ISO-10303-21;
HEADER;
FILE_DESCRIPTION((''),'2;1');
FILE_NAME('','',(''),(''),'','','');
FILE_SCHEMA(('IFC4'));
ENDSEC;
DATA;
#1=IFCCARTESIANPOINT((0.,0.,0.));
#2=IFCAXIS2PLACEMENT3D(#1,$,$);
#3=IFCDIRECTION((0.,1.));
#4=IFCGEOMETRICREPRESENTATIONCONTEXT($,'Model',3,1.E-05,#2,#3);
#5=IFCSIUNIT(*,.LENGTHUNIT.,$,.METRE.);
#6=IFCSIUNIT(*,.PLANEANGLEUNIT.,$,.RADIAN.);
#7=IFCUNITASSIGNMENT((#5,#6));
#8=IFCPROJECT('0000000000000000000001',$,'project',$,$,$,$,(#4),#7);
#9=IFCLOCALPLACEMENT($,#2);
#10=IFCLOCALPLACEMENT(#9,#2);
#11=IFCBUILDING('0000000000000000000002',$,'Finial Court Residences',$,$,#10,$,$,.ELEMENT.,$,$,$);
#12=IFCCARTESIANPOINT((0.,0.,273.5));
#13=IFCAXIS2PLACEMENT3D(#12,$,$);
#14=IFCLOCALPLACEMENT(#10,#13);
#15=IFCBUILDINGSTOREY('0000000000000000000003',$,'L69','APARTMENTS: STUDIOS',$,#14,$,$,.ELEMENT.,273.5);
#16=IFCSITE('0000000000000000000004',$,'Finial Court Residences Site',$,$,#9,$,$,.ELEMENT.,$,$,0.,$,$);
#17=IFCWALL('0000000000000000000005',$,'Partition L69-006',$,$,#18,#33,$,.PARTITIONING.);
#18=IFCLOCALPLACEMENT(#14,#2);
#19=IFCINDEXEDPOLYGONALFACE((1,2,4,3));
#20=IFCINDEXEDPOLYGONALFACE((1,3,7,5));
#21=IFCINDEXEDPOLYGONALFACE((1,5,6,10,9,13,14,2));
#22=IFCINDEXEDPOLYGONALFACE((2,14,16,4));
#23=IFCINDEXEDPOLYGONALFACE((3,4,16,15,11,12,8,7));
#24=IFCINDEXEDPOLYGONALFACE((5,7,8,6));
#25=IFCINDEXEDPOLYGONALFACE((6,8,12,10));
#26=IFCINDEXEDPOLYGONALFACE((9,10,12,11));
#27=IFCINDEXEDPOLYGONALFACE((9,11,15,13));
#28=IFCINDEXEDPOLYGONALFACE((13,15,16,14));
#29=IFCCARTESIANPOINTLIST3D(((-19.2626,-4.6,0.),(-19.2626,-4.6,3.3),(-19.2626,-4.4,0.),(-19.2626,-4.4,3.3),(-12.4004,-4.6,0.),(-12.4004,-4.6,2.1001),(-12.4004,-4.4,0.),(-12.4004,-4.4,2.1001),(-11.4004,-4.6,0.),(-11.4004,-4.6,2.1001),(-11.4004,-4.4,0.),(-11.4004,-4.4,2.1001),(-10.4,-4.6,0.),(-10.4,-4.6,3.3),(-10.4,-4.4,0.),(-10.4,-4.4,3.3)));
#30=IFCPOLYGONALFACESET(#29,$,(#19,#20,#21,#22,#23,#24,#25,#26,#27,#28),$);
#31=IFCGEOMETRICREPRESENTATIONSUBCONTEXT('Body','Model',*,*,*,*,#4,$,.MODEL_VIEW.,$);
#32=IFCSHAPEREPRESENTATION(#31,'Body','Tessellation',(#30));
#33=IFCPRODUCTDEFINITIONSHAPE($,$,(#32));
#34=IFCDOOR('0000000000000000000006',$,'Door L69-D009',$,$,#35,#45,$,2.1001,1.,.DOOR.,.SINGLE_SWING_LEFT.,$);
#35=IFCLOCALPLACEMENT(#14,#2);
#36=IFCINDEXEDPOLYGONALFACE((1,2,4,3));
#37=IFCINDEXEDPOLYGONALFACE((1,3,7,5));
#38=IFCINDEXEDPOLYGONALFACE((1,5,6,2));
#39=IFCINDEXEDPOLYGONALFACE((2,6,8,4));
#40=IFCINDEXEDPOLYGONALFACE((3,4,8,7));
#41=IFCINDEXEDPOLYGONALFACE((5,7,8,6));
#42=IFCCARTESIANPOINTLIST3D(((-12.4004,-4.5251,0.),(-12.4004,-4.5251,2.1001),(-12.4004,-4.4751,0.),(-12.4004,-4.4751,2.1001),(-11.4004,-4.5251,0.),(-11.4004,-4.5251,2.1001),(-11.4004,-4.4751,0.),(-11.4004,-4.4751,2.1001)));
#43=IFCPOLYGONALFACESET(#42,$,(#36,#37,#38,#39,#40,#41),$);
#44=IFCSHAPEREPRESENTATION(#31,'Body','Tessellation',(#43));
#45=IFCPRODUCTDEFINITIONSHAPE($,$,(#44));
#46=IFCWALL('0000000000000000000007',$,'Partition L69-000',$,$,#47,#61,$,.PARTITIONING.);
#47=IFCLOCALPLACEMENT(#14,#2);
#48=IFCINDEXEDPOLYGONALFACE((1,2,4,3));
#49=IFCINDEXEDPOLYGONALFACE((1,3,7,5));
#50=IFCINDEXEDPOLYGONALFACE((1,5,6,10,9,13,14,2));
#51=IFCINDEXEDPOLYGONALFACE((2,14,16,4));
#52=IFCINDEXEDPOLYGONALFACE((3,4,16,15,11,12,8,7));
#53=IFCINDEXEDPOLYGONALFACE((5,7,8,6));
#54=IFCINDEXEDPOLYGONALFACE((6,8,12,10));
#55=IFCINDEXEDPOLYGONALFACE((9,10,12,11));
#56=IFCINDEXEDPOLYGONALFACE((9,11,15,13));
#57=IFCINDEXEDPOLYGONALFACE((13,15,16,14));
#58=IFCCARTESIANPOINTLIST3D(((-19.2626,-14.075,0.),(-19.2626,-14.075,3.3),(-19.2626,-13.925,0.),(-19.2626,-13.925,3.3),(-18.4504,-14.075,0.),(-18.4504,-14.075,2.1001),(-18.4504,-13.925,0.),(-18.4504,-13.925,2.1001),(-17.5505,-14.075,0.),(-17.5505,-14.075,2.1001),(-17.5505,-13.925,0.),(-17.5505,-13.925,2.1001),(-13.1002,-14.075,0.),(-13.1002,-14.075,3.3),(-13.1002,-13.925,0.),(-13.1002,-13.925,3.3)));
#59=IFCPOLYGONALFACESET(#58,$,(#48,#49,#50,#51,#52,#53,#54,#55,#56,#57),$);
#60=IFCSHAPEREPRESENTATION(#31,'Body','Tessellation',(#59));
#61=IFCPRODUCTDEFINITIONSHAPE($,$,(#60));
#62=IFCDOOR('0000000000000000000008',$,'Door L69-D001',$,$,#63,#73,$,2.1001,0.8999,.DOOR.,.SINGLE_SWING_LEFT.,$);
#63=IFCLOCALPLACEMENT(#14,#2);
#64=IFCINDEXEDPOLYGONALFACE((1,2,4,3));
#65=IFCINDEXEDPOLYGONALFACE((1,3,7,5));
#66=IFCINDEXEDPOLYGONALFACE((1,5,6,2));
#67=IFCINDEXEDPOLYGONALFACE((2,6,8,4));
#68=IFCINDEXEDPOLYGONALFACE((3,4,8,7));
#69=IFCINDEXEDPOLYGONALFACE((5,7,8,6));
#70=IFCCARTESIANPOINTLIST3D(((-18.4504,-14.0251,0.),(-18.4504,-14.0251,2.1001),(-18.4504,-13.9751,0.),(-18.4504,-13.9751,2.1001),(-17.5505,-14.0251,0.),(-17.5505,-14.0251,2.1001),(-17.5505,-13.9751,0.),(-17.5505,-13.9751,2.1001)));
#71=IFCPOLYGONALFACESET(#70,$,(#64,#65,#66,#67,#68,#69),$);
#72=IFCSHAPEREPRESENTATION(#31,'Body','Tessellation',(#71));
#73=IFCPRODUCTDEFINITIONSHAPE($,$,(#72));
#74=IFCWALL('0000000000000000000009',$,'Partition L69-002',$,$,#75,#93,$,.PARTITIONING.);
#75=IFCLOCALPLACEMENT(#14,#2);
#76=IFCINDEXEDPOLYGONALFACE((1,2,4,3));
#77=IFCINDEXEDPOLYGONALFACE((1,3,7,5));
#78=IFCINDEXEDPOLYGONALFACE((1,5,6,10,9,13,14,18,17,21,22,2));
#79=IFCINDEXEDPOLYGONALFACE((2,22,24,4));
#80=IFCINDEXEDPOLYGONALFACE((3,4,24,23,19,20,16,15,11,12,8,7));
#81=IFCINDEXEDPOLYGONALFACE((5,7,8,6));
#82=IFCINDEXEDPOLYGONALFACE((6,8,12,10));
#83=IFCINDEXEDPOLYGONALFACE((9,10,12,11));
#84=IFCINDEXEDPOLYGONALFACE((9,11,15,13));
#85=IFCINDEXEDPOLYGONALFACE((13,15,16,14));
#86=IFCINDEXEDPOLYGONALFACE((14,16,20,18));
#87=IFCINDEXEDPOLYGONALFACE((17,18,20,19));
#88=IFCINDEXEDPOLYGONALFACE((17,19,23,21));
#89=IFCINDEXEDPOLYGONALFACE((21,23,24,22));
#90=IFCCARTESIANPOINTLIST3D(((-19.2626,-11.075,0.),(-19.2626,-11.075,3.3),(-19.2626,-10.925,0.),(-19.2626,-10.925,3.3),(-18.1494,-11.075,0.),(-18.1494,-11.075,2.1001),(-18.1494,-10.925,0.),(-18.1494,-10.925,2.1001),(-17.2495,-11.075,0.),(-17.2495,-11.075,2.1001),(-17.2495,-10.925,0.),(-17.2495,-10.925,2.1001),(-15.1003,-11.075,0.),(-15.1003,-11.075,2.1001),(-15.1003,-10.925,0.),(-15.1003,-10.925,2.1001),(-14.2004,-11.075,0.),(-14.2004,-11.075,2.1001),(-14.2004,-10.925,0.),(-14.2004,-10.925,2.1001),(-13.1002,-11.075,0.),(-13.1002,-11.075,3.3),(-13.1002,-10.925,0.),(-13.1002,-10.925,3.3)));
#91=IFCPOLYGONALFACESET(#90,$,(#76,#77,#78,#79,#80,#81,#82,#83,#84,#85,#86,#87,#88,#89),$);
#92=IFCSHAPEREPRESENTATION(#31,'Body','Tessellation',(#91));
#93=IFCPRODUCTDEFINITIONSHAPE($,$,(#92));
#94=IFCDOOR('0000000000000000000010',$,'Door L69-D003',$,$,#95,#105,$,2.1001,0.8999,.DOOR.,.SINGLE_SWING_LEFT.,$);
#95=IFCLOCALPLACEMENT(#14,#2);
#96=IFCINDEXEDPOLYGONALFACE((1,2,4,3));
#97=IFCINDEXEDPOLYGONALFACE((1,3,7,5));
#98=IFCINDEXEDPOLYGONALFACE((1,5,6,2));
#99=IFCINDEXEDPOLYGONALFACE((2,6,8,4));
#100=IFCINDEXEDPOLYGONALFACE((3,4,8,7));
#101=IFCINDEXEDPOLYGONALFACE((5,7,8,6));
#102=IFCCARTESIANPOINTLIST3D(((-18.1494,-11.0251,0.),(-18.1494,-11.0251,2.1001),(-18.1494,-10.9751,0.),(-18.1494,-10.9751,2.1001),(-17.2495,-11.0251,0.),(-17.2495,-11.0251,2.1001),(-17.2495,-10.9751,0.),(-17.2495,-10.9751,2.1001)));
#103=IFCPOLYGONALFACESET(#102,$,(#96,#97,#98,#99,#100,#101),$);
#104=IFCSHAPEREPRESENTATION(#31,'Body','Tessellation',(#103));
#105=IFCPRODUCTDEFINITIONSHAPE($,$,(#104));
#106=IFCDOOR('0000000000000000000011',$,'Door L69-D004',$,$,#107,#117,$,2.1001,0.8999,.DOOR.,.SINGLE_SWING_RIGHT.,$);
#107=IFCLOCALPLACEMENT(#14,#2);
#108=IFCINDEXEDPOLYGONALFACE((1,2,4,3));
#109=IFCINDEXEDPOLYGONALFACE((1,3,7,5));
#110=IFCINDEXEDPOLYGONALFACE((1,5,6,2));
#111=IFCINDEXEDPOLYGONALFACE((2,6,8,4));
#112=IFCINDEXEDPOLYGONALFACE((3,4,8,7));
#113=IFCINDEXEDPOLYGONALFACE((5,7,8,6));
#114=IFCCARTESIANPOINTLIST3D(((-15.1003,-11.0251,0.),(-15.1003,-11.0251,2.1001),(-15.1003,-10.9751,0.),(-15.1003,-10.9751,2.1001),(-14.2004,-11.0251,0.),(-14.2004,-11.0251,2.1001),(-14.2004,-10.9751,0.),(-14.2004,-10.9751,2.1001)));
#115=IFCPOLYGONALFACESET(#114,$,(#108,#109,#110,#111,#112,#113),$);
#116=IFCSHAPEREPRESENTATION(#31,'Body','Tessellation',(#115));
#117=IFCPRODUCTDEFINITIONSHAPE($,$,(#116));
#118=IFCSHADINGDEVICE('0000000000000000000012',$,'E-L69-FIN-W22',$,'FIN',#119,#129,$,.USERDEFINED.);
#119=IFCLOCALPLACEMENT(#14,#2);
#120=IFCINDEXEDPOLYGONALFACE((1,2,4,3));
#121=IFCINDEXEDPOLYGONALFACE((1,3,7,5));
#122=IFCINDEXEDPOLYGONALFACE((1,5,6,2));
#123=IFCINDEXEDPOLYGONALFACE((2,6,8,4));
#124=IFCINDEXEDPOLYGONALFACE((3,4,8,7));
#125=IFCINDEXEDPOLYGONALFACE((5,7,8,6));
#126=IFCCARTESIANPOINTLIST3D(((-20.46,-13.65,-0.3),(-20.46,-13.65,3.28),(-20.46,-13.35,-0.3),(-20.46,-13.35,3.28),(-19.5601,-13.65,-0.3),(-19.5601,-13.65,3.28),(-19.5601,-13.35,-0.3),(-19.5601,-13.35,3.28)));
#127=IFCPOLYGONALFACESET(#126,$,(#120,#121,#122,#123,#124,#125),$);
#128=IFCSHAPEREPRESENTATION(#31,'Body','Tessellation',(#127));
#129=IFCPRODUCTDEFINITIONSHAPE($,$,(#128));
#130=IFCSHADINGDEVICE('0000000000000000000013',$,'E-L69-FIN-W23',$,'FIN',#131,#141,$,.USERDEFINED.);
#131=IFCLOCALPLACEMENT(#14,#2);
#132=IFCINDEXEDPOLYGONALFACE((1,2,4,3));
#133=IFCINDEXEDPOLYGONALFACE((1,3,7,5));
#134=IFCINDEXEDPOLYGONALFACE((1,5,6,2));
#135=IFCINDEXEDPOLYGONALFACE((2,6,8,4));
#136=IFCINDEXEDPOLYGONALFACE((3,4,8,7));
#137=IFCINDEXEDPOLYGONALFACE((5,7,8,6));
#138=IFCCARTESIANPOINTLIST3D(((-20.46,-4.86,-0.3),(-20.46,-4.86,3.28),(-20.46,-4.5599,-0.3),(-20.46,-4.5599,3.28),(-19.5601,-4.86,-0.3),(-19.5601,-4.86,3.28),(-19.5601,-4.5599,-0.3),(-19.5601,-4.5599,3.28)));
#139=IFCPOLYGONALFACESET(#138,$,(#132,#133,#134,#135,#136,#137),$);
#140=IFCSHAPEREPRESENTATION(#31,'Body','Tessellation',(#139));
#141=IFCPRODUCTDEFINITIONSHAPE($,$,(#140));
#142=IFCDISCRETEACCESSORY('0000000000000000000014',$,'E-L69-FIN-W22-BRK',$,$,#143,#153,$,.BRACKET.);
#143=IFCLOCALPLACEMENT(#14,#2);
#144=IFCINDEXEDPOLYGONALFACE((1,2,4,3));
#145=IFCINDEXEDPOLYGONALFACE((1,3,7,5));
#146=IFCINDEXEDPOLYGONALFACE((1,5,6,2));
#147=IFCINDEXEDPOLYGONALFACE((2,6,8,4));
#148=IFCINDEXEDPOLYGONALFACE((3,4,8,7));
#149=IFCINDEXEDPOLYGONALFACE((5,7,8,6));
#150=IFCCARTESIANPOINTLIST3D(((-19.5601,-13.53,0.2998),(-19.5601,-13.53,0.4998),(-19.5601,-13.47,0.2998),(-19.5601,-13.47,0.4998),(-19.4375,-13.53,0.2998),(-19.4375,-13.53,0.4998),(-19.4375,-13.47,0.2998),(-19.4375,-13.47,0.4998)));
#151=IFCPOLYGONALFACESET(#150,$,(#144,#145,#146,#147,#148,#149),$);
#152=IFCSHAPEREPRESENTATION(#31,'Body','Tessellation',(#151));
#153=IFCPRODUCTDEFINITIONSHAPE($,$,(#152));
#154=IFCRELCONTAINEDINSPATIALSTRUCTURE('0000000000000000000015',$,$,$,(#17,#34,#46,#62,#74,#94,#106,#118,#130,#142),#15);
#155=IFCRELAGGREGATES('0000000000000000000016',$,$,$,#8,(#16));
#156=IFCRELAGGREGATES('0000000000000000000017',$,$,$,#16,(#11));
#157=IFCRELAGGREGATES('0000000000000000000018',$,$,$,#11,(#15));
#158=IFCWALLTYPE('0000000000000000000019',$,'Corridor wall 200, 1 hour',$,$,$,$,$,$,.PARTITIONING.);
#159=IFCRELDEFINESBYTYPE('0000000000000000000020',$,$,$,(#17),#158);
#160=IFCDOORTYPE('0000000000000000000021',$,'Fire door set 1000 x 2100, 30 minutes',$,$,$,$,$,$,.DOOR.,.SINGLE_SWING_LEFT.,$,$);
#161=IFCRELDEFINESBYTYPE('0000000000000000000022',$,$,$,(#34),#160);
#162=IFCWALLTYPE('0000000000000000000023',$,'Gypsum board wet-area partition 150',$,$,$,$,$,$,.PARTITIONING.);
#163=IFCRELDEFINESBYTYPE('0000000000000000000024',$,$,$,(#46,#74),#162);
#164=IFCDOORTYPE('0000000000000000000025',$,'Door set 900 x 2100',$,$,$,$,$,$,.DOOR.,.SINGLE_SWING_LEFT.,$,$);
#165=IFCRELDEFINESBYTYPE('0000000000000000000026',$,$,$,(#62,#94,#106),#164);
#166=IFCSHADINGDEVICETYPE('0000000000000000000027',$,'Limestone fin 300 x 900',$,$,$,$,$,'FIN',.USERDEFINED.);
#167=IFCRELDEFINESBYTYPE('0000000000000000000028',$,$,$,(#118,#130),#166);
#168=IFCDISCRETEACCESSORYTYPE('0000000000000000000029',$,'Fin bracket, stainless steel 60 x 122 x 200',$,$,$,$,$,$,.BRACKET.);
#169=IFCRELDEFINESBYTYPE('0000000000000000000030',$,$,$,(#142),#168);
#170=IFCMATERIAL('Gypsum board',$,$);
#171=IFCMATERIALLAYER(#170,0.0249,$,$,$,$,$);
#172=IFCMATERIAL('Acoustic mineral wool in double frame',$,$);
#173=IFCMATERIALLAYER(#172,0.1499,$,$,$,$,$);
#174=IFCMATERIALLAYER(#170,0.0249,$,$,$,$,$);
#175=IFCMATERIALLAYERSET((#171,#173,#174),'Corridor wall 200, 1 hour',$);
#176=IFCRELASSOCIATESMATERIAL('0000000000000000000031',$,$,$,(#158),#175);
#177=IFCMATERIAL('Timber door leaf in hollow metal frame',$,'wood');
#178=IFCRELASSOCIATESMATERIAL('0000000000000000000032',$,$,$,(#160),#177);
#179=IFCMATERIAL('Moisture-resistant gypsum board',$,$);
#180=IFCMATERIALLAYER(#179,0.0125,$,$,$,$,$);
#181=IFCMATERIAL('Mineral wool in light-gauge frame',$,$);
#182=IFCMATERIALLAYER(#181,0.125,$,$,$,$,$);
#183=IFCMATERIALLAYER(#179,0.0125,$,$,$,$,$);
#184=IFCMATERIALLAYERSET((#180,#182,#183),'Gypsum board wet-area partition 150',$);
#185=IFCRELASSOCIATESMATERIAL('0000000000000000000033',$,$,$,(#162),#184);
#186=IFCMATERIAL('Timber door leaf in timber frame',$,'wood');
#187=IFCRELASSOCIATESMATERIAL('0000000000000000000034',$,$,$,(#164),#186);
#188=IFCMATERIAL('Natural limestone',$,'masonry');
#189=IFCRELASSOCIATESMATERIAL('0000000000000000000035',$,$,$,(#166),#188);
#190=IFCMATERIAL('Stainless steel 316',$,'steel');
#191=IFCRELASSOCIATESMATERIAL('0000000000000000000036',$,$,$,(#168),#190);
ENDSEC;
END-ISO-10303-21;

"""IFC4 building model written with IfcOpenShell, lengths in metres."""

from ifc_helpers import new_model, si_unit, direction, frame, frame_2d, origin, origin_2d, place, context, subcontext, project, spatial, rectangle, extrude, material, layer, layer_set, type_object, element, fill, save


model = new_model("IFC4")

# Units and contexts
model_context = context("Model", 3, precision=1e-05, world=origin(), true_north=direction((0.0, 1.0)))
body_context = subcontext(model_context, "Body", "Model", "MODEL_VIEW")
ifc_project = project(units=[si_unit("LENGTHUNIT", "METRE"), si_unit("PLANEANGLEUNIT", "RADIAN")], contexts=[model_context])

# Site, building, storey
site_placement = place(None, origin())
site = spatial("IfcSite", under=ifc_project, at=site_placement, Name="Finial Court Residences Site", CompositionType="ELEMENT", RefElevation=0.0)
building_placement = place(site_placement, origin())
building = spatial("IfcBuilding", under=site, at=building_placement, Name="Finial Court Residences", CompositionType="ELEMENT")
storey_placement = place(building_placement, frame((0.0, 0.0, 273.5)))
storey = spatial("IfcBuildingStorey", under=building, at=storey_placement, Name="L69", Description="APARTMENTS: STUDIOS", CompositionType="ELEMENT", Elevation=273.5)

# Walls, openings, doors
ifc_material_1 = material(Name="Gypsum board")
ifc_layer_1 = layer(ifc_material_1, 0.0249)
ifc_material_2 = material(Name="Acoustic mineral wool in double frame")
ifc_layer_2 = layer(ifc_material_2, 0.1499)
ifc_layer_3 = layer(ifc_material_1, 0.0249)
ifc_layer_set_1 = layer_set([ifc_layer_1, ifc_layer_2, ifc_layer_3], Name="Corridor wall 200, 1 hour")
wall_type_1 = type_object("IfcWallType", Name="Corridor wall 200, 1 hour", PredefinedType="PARTITIONING", material=ifc_layer_set_1)
ifc_material_3 = material(Name="Timber door leaf in hollow metal frame", Category="wood")
door_type_1 = type_object("IfcDoorType", Name="Fire door set 1000 x 2100, 30 minutes", OperationType="SINGLE_SWING_LEFT", PredefinedType="DOOR", material=ifc_material_3)
wall_1_placement = place(storey_placement, frame((-19.2625, -4.5, 0.0), z_axis=(0.0, 0.0, 1.0), x_axis=(1.0, 0.0, 0.0)))
wall_1 = element("IfcWall", 1, at=wall_1_placement, inside=storey, type_object=wall_type_1, Name="Partition L69-006", PredefinedType="PARTITIONING", context=body_context, shape_type="SweptSolid", body=[
    extrude(rectangle(XDim=8.8625, YDim=0.2, at=frame_2d((4.4312, 0.0))), origin(), (0.0, 0.0, 1.0), 3.3),
])
opening_1_placement = place(wall_1_placement, frame((6.8621, 0.0, 0.0)))
opening_1 = element("IfcOpeningElement", 2, at=opening_1_placement, cuts=wall_1, PredefinedType="OPENING", context=body_context, shape_type="SweptSolid", body=[
    extrude(rectangle(XDim=1.0, YDim=2.1001, at=frame_2d((0.5, 1.05))), frame((0.0, 0.1099, 0.0), z_axis=(0.0, -1.0, 0.0), x_axis=(1.0, 0.0, 0.0)), (0.0, 0.0, 1.0), 0.22),
])
door_1_placement = place(opening_1_placement, origin())
door_1 = element("IfcDoor", 3, at=door_1_placement, inside=storey, type_object=door_type_1, Name="Door L69-D009", OperationType="SINGLE_SWING_LEFT", OverallHeight=2.1001, OverallWidth=1.0, PredefinedType="DOOR", context=body_context, shape_type="SweptSolid", body=[
    extrude(rectangle(XDim=1.0, YDim=2.1001, at=frame_2d((0.5, 1.05))), frame((0.0, 0.0249, 0.0), z_axis=(0.0, -1.0, 0.0), x_axis=(1.0, 0.0, 0.0)), (0.0, 0.0, 1.0), 0.05),
])
fill(opening_1, door_1)
ifc_material_4 = material(Name="Moisture-resistant gypsum board")
ifc_layer_4 = layer(ifc_material_4, 0.0125)
ifc_material_5 = material(Name="Mineral wool in light-gauge frame")
ifc_layer_5 = layer(ifc_material_5, 0.125)
ifc_layer_6 = layer(ifc_material_4, 0.0125)
ifc_layer_set_2 = layer_set([ifc_layer_4, ifc_layer_5, ifc_layer_6], Name="Gypsum board wet-area partition 150")
wall_type_2 = type_object("IfcWallType", Name="Gypsum board wet-area partition 150", PredefinedType="PARTITIONING", material=ifc_layer_set_2)
wall_2_placement = place(storey_placement, frame((-19.2625, -14.0, 0.0), z_axis=(0.0, 0.0, 1.0), x_axis=(1.0, 0.0, 0.0)))
wall_2 = element("IfcWall", 4, at=wall_2_placement, inside=storey, type_object=wall_type_2, Name="Partition L69-000", PredefinedType="PARTITIONING", context=body_context, shape_type="SweptSolid", body=[
    extrude(rectangle(XDim=6.1624, YDim=0.1499, at=frame_2d((3.0811, 0.0))), origin(), (0.0, 0.0, 1.0), 3.3),
])
opening_2_placement = place(wall_2_placement, frame((0.812, 0.0, 0.0)))
opening_2 = element("IfcOpeningElement", 5, at=opening_2_placement, cuts=wall_2, PredefinedType="OPENING", context=body_context, shape_type="SweptSolid", body=[
    extrude(rectangle(XDim=0.8999, YDim=2.1001, at=frame_2d((0.45, 1.05))), frame((0.0, 0.085, 0.0), z_axis=(0.0, -1.0, 0.0), x_axis=(1.0, 0.0, 0.0)), (0.0, 0.0, 1.0), 0.1699),
])
ifc_material_6 = material(Name="Timber door leaf in timber frame", Category="wood")
door_type_2 = type_object("IfcDoorType", Name="Door set 900 x 2100", OperationType="SINGLE_SWING_LEFT", PredefinedType="DOOR", material=ifc_material_6)
door_2_placement = place(opening_2_placement, origin())
door_2 = element("IfcDoor", 6, at=door_2_placement, inside=storey, type_object=door_type_2, Name="Door L69-D001", OperationType="SINGLE_SWING_LEFT", OverallHeight=2.1001, OverallWidth=0.8999, PredefinedType="DOOR", context=body_context, shape_type="SweptSolid", body=[
    extrude(rectangle(XDim=0.8999, YDim=2.1001, at=frame_2d((0.45, 1.05))), frame((0.0, 0.0249, 0.0), z_axis=(0.0, -1.0, 0.0), x_axis=(1.0, 0.0, 0.0)), (0.0, 0.0, 1.0), 0.05),
])
fill(opening_2, door_2)

# Wall, openings, doors
wall_3_placement = place(storey_placement, frame((-19.2625, -11.0, 0.0), z_axis=(0.0, 0.0, 1.0), x_axis=(1.0, 0.0, 0.0)))
wall_3 = element("IfcWall", 7, at=wall_3_placement, inside=storey, type_object=wall_type_2, Name="Partition L69-002", PredefinedType="PARTITIONING", context=body_context, shape_type="SweptSolid", body=[
    extrude(rectangle(XDim=6.1624, YDim=0.1499, at=frame_2d((3.0811, 0.0))), origin(), (0.0, 0.0, 1.0), 3.3),
])
opening_3_placement = place(wall_3_placement, frame((1.113, 0.0, 0.0)))
opening_3 = element("IfcOpeningElement", 8, at=opening_3_placement, cuts=wall_3, PredefinedType="OPENING", context=body_context, shape_type="SweptSolid", body=[
    extrude(rectangle(XDim=0.8999, YDim=2.1001, at=frame_2d((0.45, 1.05))), frame((0.0, 0.085, 0.0), z_axis=(0.0, -1.0, 0.0), x_axis=(1.0, 0.0, 0.0)), (0.0, 0.0, 1.0), 0.1699),
])
opening_4_placement = place(wall_3_placement, frame((4.1621, 0.0, 0.0)))
opening_4 = element("IfcOpeningElement", 9, at=opening_4_placement, cuts=wall_3, PredefinedType="OPENING", context=body_context, shape_type="SweptSolid", body=[
    extrude(rectangle(XDim=0.8999, YDim=2.1001, at=frame_2d((0.45, 1.05))), frame((0.0, 0.085, 0.0), z_axis=(0.0, -1.0, 0.0), x_axis=(1.0, 0.0, 0.0)), (0.0, 0.0, 1.0), 0.1699),
])
door_3_placement = place(opening_3_placement, origin())
door_3 = element("IfcDoor", 10, at=door_3_placement, inside=storey, type_object=door_type_2, Name="Door L69-D003", OperationType="SINGLE_SWING_LEFT", OverallHeight=2.1001, OverallWidth=0.8999, PredefinedType="DOOR", context=body_context, shape_type="SweptSolid", body=[
    extrude(rectangle(XDim=0.8999, YDim=2.1001, at=frame_2d((0.45, 1.05))), frame((0.0, 0.0249, 0.0), z_axis=(0.0, -1.0, 0.0), x_axis=(1.0, 0.0, 0.0)), (0.0, 0.0, 1.0), 0.05),
])
fill(opening_3, door_3)
door_4_placement = place(opening_4_placement, origin())
door_4 = element("IfcDoor", 11, at=door_4_placement, inside=storey, type_object=door_type_2, Name="Door L69-D004", OperationType="SINGLE_SWING_RIGHT", OverallHeight=2.1001, OverallWidth=0.8999, PredefinedType="DOOR", context=body_context, shape_type="SweptSolid", body=[
    extrude(rectangle(XDim=0.8999, YDim=2.1001, at=frame_2d((0.45, 1.05))), frame((0.0, 0.0249, 0.0), z_axis=(0.0, -1.0, 0.0), x_axis=(1.0, 0.0, 0.0)), (0.0, 0.0, 1.0), 0.05),
])
fill(opening_4, door_4)

# Shading devices
ifc_material_7 = material(Name="Natural limestone", Category="masonry")
shading_device_type = type_object("IfcShadingDeviceType", Name="Limestone fin 300 x 900", ElementType="FIN", PredefinedType="USERDEFINED", material=ifc_material_7)
for number, where, z_axis, x_axis, name in (
    (12, (-20.01, -13.5, -0.3), (0.0, 0.0, 1.0), (1.0, 0.0, 0.0), "E-L69-FIN-W22"),
    (13, (-20.01, -4.71, -0.3), (0.0, 0.0, 1.0), (1.0, 0.0, 0.0), "E-L69-FIN-W23"),
):
    element("IfcShadingDevice", number, at=place(storey_placement, frame(where, z_axis=z_axis, x_axis=x_axis)), inside=storey, type_object=shading_device_type, Name=name, ObjectType="FIN", PredefinedType="USERDEFINED", context=body_context, shape_type="SweptSolid", body=[
        extrude(rectangle(XDim=0.8999, YDim=0.3, at=origin_2d()), origin(), (0.0, 0.0, 1.0), 3.5801),
    ])

# Discrete accessory
ifc_material_8 = material(Name="Stainless steel 316", Category="steel")
discrete_accessory_type = type_object("IfcDiscreteAccessoryType", Name="Fin bracket, stainless steel 60 x 122 x 200", PredefinedType="BRACKET", material=ifc_material_8)
discrete_accessory_placement = place(storey_placement, frame((-19.4988, -13.5, 0.2998), z_axis=(0.0, 0.0, 1.0), x_axis=(1.0, 0.0, 0.0)))
element("IfcDiscreteAccessory", 14, at=discrete_accessory_placement, inside=storey, type_object=discrete_accessory_type, Name="E-L69-FIN-W22-BRK", PredefinedType="BRACKET", context=body_context, shape_type="SweptSolid", body=[
    extrude(rectangle(XDim=0.1226, YDim=0.0601, at=origin_2d()), origin(), (0.0, 0.0, 1.0), 0.2),
])

save(model, "model.ifc")
